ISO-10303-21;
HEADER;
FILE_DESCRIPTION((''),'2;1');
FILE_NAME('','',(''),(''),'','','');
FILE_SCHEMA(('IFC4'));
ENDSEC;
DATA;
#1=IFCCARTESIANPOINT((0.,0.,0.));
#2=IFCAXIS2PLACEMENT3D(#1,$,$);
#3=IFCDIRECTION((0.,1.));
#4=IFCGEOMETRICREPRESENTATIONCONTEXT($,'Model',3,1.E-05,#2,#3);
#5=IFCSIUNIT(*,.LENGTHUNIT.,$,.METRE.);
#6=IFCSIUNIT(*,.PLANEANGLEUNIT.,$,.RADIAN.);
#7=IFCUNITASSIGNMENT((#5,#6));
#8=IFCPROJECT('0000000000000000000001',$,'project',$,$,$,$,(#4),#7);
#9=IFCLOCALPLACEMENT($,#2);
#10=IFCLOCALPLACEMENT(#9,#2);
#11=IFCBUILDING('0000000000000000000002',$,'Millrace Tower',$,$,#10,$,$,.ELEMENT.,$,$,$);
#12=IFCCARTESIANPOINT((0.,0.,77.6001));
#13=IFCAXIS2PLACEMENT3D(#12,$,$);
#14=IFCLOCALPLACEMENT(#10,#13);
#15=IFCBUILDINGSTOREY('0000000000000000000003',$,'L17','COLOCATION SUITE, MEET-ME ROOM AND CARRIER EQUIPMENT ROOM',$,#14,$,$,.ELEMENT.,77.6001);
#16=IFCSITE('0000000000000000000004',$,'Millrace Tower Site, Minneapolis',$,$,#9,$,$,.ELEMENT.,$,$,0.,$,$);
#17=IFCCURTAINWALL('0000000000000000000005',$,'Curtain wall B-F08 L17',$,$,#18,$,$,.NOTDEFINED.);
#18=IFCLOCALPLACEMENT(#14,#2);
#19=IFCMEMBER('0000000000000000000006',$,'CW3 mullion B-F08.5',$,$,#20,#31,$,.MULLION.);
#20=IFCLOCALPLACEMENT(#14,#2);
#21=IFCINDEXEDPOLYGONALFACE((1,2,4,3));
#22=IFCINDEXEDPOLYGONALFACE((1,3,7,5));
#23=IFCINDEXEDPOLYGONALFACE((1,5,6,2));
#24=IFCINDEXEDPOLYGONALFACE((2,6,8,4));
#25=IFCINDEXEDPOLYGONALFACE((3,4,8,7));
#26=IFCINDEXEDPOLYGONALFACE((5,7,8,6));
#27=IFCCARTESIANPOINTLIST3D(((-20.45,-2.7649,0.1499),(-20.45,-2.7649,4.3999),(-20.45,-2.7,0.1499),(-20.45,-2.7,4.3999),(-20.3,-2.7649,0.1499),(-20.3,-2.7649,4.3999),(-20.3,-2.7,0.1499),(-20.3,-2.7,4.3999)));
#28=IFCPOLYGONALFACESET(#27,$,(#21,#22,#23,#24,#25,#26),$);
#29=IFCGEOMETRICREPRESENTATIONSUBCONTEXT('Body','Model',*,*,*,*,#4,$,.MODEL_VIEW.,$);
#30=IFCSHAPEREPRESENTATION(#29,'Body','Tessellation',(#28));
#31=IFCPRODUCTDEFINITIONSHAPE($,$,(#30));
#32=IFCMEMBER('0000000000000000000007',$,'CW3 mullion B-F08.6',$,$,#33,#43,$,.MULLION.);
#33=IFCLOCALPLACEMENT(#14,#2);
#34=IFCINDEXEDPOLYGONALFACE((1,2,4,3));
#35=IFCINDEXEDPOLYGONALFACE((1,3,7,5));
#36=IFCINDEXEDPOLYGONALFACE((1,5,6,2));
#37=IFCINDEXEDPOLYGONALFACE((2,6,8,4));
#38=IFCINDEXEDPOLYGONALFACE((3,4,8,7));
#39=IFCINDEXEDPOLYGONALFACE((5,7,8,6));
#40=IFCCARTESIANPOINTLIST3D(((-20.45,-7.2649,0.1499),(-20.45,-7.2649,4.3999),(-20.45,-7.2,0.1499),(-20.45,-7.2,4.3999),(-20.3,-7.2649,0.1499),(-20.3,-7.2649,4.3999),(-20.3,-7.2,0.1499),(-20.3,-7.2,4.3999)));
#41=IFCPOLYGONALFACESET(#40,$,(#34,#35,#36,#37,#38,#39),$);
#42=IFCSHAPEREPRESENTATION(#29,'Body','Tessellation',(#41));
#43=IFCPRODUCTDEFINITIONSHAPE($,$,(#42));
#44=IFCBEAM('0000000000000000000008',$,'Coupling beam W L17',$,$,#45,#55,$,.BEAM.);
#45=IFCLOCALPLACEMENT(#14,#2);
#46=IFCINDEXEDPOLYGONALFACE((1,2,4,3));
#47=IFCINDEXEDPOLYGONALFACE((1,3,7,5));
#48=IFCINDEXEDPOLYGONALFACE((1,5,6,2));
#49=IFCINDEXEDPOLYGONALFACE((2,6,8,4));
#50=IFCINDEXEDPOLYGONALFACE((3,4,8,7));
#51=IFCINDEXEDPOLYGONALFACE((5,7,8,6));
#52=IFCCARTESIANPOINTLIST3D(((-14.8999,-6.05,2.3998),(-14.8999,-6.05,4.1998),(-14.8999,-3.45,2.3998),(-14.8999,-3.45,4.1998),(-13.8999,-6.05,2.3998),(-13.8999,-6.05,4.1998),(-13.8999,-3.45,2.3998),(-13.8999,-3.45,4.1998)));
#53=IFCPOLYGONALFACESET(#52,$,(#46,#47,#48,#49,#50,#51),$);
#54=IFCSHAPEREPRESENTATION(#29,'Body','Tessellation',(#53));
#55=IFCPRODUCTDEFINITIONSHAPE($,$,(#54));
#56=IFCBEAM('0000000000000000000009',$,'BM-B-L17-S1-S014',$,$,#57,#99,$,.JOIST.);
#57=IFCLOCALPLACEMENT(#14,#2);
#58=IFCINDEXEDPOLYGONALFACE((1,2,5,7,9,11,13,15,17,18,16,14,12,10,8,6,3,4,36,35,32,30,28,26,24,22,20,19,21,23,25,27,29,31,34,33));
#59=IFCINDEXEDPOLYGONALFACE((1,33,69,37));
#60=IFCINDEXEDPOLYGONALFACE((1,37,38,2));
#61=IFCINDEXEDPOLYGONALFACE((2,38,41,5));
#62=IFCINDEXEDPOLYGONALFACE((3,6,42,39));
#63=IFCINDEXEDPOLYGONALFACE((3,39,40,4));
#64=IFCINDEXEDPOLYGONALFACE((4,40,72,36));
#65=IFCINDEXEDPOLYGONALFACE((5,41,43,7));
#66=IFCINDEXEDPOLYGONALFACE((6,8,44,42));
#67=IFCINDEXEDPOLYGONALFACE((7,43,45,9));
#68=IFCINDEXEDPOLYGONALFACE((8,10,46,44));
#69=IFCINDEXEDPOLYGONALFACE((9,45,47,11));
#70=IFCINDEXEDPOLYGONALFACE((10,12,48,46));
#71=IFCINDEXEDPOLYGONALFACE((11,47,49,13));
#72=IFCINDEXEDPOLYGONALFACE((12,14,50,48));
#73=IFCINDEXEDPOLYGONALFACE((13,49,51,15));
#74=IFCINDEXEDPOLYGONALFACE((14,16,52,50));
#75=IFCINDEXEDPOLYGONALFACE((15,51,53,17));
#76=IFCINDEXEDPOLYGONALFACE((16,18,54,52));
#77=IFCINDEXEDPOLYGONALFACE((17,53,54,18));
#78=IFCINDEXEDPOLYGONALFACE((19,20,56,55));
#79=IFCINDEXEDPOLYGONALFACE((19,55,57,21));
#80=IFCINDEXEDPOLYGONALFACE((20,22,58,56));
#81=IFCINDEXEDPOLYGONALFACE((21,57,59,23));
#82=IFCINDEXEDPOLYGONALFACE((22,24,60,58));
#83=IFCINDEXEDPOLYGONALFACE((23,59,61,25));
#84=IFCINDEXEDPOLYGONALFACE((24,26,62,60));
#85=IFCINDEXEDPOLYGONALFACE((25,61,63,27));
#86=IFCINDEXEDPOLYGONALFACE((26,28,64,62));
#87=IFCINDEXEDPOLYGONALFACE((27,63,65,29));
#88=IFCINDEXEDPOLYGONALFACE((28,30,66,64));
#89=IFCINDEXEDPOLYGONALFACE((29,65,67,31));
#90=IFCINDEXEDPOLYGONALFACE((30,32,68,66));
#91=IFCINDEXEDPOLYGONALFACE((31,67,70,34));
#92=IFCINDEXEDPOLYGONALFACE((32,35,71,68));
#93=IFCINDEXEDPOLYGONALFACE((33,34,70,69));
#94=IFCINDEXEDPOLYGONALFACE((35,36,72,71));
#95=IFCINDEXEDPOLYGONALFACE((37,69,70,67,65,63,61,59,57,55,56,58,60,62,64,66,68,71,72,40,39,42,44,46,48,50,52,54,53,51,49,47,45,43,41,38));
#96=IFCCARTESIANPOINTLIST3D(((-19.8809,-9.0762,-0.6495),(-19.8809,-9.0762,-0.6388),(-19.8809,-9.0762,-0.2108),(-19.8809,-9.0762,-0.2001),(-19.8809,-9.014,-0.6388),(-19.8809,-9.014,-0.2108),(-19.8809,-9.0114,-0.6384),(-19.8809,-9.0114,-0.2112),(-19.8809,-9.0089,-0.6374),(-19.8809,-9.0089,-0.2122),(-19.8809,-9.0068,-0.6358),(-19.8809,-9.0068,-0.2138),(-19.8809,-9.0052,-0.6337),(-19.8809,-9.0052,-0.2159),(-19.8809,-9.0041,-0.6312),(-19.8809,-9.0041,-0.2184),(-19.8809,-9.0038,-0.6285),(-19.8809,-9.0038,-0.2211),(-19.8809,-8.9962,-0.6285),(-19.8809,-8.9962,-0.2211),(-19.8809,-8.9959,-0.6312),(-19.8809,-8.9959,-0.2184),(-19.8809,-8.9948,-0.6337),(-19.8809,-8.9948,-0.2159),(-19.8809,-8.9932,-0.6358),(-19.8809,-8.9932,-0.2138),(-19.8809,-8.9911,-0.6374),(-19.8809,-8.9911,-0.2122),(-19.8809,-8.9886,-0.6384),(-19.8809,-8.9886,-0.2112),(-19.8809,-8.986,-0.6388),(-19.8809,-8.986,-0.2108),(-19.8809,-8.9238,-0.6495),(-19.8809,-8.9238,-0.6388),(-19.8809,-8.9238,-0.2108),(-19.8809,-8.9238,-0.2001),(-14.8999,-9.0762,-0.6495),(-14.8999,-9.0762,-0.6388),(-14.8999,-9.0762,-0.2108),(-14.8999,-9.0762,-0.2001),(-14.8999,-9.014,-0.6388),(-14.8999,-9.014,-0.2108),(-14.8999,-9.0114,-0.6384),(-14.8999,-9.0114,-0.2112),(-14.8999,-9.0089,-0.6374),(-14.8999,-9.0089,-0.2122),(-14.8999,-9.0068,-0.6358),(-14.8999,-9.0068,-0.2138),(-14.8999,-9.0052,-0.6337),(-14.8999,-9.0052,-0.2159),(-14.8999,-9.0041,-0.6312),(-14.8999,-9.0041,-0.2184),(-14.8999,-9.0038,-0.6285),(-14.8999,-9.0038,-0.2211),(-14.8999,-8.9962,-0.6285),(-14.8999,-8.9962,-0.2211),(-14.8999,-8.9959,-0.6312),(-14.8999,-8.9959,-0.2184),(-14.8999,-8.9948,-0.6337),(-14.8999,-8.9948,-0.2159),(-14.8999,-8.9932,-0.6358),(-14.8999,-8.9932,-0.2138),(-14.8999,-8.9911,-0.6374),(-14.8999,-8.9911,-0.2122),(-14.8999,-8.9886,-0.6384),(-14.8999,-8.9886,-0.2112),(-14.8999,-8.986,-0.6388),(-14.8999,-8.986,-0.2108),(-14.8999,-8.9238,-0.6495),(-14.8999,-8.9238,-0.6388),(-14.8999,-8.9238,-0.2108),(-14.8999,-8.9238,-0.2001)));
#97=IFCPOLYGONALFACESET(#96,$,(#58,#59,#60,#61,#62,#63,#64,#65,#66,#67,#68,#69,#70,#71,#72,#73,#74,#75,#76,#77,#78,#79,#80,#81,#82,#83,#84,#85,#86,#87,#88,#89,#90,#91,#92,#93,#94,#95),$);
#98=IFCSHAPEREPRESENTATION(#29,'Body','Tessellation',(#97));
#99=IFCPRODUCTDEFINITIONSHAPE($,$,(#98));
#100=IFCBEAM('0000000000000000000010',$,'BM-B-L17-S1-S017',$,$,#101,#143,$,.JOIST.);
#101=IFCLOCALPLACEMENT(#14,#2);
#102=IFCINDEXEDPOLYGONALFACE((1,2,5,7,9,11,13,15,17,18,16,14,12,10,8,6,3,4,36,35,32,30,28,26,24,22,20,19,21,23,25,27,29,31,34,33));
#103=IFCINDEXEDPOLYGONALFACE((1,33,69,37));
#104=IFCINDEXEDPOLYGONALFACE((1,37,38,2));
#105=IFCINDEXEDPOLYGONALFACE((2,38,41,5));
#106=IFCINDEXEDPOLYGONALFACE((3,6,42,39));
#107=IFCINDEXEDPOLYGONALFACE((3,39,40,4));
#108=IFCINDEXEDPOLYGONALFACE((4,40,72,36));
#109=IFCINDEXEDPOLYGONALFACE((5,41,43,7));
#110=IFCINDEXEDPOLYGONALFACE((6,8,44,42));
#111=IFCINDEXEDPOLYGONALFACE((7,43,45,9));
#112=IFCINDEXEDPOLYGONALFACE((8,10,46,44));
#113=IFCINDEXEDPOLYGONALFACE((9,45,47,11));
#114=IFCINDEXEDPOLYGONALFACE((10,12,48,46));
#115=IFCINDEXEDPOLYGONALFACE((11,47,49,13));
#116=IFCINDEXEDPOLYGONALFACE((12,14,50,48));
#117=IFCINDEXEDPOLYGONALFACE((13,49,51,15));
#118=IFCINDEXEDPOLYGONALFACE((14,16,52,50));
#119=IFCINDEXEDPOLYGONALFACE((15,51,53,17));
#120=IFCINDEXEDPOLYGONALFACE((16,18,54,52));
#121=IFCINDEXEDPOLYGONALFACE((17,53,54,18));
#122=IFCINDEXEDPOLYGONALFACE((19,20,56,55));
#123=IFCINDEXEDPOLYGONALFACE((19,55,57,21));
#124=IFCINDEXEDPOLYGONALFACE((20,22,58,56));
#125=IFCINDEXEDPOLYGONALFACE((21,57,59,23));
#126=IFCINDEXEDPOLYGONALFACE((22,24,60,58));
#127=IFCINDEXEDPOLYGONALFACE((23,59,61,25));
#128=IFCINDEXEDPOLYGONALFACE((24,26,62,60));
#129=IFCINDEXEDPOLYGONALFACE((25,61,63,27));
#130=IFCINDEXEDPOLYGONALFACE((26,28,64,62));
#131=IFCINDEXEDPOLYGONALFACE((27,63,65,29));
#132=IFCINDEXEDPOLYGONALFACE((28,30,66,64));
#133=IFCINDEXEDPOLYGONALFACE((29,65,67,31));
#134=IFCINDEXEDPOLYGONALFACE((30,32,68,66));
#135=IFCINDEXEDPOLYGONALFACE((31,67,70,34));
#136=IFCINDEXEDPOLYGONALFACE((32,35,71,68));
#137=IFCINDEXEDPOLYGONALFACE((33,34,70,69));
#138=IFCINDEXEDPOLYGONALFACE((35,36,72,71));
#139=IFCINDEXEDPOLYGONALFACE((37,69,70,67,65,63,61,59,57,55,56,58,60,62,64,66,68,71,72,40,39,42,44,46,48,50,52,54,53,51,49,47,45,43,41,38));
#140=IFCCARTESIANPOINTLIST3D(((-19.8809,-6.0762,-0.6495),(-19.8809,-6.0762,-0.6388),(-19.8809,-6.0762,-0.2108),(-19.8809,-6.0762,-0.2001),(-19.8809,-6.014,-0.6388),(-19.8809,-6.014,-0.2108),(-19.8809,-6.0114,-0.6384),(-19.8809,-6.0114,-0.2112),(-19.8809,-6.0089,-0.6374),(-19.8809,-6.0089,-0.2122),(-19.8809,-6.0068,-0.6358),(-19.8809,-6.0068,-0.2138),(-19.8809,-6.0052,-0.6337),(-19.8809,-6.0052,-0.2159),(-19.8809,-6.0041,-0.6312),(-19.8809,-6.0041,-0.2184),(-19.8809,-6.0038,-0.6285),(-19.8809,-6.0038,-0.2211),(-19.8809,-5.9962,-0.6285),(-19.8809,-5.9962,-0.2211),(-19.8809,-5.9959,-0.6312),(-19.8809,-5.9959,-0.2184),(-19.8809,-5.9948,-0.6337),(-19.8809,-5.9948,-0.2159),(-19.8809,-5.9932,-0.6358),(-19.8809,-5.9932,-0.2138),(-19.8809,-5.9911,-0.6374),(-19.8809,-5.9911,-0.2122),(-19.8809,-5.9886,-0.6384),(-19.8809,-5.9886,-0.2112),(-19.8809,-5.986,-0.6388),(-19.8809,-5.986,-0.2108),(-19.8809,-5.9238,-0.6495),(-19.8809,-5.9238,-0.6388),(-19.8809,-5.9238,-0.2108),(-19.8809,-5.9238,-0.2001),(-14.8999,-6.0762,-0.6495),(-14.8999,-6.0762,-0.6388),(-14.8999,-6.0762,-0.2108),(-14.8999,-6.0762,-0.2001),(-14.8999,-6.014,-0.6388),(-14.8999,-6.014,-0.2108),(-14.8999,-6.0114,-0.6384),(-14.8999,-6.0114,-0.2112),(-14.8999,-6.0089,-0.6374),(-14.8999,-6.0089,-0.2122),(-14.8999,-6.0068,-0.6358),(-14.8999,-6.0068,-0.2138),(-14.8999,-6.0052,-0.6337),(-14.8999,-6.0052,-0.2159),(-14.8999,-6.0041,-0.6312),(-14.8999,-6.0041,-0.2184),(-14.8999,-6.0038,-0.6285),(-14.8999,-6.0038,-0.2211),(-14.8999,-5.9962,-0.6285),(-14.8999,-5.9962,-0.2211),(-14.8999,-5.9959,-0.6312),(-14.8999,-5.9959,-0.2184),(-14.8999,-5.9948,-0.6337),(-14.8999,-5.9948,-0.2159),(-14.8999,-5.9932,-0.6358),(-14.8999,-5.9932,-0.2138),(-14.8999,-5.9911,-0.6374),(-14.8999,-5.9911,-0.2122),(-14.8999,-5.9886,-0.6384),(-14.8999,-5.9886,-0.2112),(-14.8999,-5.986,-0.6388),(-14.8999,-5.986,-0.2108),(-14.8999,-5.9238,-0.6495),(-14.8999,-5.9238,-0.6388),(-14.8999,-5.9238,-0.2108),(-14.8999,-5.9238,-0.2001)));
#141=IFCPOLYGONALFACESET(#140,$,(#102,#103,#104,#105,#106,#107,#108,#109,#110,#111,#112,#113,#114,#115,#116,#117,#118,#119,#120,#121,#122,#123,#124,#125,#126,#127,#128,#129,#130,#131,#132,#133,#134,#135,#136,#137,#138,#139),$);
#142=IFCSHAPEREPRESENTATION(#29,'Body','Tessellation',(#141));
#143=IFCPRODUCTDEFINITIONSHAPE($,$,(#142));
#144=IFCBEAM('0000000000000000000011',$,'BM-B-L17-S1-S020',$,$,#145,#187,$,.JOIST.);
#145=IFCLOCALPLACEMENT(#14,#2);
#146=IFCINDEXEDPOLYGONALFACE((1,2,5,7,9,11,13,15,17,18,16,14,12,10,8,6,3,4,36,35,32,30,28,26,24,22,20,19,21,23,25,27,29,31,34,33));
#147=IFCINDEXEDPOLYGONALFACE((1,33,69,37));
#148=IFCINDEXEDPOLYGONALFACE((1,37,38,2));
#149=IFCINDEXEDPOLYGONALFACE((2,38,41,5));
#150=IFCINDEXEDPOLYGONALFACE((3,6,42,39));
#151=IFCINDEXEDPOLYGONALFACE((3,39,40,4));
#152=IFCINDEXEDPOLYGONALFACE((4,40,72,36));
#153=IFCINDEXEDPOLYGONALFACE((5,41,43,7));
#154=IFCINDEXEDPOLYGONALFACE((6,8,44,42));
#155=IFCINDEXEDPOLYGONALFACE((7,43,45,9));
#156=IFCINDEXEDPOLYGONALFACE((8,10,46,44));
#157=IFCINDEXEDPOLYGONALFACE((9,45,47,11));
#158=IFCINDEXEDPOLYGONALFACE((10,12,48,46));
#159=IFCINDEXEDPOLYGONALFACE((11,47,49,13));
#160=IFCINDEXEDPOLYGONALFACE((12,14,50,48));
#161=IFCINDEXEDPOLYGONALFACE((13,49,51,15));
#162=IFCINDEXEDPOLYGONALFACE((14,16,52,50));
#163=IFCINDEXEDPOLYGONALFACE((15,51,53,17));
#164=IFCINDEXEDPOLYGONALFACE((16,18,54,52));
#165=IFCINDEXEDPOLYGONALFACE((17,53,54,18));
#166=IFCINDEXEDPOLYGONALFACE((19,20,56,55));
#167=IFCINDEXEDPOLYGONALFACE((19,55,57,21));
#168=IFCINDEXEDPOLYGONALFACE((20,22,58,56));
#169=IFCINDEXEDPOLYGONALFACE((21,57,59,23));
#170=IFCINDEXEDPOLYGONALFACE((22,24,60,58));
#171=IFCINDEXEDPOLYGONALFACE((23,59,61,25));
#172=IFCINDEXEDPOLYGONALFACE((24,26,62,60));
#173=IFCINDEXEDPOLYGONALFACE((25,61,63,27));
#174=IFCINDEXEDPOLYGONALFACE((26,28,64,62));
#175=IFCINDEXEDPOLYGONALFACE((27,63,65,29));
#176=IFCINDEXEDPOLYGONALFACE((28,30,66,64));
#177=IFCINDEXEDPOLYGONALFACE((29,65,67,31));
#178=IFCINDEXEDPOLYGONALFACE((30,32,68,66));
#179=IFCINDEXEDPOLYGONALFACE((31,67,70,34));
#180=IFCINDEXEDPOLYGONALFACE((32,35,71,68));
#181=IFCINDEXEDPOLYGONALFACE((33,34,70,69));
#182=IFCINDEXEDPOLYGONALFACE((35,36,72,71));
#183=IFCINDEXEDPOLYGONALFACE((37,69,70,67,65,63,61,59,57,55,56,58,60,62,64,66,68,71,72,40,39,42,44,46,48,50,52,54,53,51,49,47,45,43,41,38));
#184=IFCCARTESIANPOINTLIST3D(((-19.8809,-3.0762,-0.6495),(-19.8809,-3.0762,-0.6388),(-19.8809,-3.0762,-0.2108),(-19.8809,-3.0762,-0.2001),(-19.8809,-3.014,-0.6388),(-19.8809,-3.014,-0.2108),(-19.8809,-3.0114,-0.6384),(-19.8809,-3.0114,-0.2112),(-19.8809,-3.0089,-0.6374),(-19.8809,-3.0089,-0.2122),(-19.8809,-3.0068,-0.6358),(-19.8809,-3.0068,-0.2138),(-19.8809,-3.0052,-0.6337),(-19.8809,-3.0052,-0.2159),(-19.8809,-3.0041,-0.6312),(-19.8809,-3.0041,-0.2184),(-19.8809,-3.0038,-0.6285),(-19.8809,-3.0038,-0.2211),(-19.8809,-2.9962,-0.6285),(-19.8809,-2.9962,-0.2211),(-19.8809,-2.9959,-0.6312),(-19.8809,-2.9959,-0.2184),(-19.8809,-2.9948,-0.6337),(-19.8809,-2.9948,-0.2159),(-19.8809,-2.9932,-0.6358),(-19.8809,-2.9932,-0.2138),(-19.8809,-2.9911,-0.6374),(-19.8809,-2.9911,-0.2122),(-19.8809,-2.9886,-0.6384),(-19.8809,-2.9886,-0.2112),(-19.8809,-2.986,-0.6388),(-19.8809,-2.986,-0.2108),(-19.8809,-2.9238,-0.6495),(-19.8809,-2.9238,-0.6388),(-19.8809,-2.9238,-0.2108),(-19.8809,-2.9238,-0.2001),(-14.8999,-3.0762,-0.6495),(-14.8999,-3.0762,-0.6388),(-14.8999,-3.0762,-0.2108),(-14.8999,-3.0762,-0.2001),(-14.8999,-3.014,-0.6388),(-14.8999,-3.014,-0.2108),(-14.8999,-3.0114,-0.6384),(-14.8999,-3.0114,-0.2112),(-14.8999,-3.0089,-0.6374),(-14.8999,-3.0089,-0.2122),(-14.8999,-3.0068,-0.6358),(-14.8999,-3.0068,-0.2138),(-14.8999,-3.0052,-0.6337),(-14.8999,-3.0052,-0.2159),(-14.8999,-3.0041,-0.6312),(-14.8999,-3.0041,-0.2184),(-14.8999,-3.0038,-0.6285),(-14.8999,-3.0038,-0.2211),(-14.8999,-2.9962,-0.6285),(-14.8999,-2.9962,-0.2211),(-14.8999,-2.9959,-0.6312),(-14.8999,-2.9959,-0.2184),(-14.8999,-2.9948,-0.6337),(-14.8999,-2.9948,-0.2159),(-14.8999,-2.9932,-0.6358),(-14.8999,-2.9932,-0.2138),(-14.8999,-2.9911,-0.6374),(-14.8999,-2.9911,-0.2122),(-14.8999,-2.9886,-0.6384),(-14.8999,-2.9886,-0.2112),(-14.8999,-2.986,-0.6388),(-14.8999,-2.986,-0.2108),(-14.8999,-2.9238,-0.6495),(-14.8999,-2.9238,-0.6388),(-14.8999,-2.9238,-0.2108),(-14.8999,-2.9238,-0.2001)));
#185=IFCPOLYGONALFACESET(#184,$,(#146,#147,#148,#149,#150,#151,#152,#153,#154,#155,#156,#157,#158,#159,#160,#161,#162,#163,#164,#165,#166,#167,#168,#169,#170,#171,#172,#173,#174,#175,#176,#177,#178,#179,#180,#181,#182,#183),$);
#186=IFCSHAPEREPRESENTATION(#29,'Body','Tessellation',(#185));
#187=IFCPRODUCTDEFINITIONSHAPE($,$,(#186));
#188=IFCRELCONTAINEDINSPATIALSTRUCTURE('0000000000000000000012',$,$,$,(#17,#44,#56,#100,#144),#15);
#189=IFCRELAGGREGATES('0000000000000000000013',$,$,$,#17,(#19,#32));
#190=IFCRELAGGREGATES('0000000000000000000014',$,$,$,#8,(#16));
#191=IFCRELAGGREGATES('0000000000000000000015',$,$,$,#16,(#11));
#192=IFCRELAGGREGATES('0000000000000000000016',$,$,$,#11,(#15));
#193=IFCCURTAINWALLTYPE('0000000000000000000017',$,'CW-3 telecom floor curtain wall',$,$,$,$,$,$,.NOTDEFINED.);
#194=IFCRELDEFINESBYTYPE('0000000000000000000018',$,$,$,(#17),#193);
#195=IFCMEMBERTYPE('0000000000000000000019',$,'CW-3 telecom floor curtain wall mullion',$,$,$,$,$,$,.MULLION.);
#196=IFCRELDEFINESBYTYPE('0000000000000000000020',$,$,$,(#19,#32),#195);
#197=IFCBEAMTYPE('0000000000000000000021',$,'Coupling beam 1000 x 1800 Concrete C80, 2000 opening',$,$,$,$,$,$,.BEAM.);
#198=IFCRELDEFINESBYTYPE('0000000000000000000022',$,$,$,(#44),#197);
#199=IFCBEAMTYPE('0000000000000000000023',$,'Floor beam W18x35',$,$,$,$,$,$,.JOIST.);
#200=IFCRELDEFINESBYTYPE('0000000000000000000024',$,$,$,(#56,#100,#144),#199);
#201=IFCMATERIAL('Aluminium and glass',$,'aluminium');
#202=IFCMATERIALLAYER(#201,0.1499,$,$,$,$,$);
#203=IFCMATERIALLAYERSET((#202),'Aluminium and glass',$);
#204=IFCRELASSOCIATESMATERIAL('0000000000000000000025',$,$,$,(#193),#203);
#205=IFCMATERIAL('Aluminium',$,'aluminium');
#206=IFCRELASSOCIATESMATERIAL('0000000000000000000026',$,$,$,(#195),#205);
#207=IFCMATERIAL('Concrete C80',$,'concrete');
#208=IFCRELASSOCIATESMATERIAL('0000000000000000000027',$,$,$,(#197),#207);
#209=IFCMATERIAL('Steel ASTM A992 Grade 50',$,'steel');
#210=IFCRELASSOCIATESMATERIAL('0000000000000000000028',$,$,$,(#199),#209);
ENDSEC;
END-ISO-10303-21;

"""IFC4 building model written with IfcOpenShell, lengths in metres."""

from ifc_helpers import new_model, si_unit, direction, frame, origin, origin_2d, place, context, subcontext, project, spatial, rectangle, i_section, extrude, material, layer, layer_set, material_profile, profile_set, type_object, element, aggregate, save


model = new_model("IFC4")

# Units and contexts
model_context = context("Model", 3, precision=1e-05, world=origin(), true_north=direction((0.0, 1.0)))
body_context = subcontext(model_context, "Body", "Model", "MODEL_VIEW")
ifc_project = project(units=[si_unit("LENGTHUNIT", "METRE"), si_unit("PLANEANGLEUNIT", "RADIAN")], contexts=[model_context])

# Site, building, storey
site_placement = place(None, origin())
site = spatial("IfcSite", under=ifc_project, at=site_placement, Name="Millrace Tower Site, Minneapolis", CompositionType="ELEMENT", RefElevation=0.0)
building_placement = place(site_placement, origin())
building = spatial("IfcBuilding", under=site, at=building_placement, Name="Millrace Tower", CompositionType="ELEMENT")
storey_placement = place(building_placement, frame((0.0, 0.0, 77.6001)))
storey = spatial("IfcBuildingStorey", under=building, at=storey_placement, Name="L17", Description="COLOCATION SUITE, MEET-ME ROOM AND CARRIER EQUIPMENT ROOM", CompositionType="ELEMENT", Elevation=77.6001)

# Curtain wall, members
ifc_material_1 = material(Name="Aluminium and glass", Category="aluminium")
ifc_layer_1 = layer(ifc_material_1, 0.1499)
ifc_layer_set_1 = layer_set([ifc_layer_1], Name="Aluminium and glass")
curtain_wall_type = type_object("IfcCurtainWallType", Name="CW-3 telecom floor curtain wall", PredefinedType="NOTDEFINED", material=ifc_layer_set_1)
curtain_wall_placement = place(storey_placement, origin())
curtain_wall = element("IfcCurtainWall", 1, at=curtain_wall_placement, inside=storey, type_object=curtain_wall_type, Name="Curtain wall B-F08 L17", PredefinedType="NOTDEFINED")
ifc_material_2 = material(Name="Aluminium", Category="aluminium")
ifc_material_profile_1 = material_profile(ifc_material_2, rectangle(XDim=0.0649, YDim=0.1499, at=origin_2d()))
ifc_profile_set_1 = profile_set([ifc_material_profile_1], Name="Aluminium")
member_type = type_object("IfcMemberType", Name="CW-3 telecom floor curtain wall mullion", PredefinedType="MULLION", material=ifc_profile_set_1)
member_1_placement = place(storey_placement, frame((-20.375, -2.7324, 0.1499), z_axis=(0.0, 0.0, 1.0), x_axis=(0.0, -1.0, 0.0)))
member_1 = element("IfcMember", 2, at=member_1_placement, type_object=member_type, Name="CW3 mullion B-F08.5", PredefinedType="MULLION", context=body_context, shape_type="SweptSolid", body=[
    extrude(rectangle(XDim=0.0649, YDim=0.1499, at=origin_2d()), origin(), (0.0, 0.0, 1.0), 4.25),
])
member_2_placement = place(storey_placement, frame((-20.375, -7.2324, 0.1499), z_axis=(0.0, 0.0, 1.0), x_axis=(0.0, -1.0, 0.0)))
member_2 = element("IfcMember", 3, at=member_2_placement, type_object=member_type, Name="CW3 mullion B-F08.6", PredefinedType="MULLION", context=body_context, shape_type="SweptSolid", body=[
    extrude(rectangle(XDim=0.0649, YDim=0.1499, at=origin_2d()), origin(), (0.0, 0.0, 1.0), 4.25),
])
aggregate(curtain_wall, [member_1, member_2])

# Beams
ifc_material_3 = material(Name="Concrete C80", Category="concrete")
ifc_material_profile_2 = material_profile(ifc_material_3, rectangle(XDim=1.0, YDim=1.8, at=origin_2d()))
ifc_profile_set_2 = profile_set([ifc_material_profile_2], Name="Concrete C80")
beam_type_1 = type_object("IfcBeamType", Name="Coupling beam 1000 x 1800 Concrete C80, 2000 opening", PredefinedType="BEAM", material=ifc_profile_set_2)
beam_placement = place(storey_placement, frame((-14.3999, -6.05, 3.2998), z_axis=(0.0, 1.0, 0.0), x_axis=(-1.0, 0.0, 0.0)))
element("IfcBeam", 4, at=beam_placement, inside=storey, type_object=beam_type_1, Name="Coupling beam W L17", PredefinedType="BEAM", context=body_context, shape_type="SweptSolid", body=[
    extrude(rectangle(XDim=1.0, YDim=1.8, at=origin_2d()), origin(), (0.0, 0.0, 1.0), 2.6001),
])
ifc_material_4 = material(Name="Steel ASTM A992 Grade 50", Category="steel")
ifc_material_profile_3 = material_profile(ifc_material_4, i_section(OverallWidth=0.1523, OverallDepth=0.4495, WebThickness=0.0076, FlangeThickness=0.0107, FilletRadius=0.0103, at=origin_2d()))
ifc_profile_set_3 = profile_set([ifc_material_profile_3], Name="Steel ASTM A992 Grade 50")
beam_type_2 = type_object("IfcBeamType", Name="Floor beam W18x35", PredefinedType="JOIST", material=ifc_profile_set_3)
for number, where, z_axis, x_axis, name in (
    (5, (-19.8809, -9.0, -0.4248), (1.0, 0.0, 0.0), (0.0, 1.0, 0.0), "BM-B-L17-S1-S014"),
    (6, (-19.8809, -6.0, -0.4248), (1.0, 0.0, 0.0), (0.0, 1.0, 0.0), "BM-B-L17-S1-S017"),
    (7, (-19.8809, -3.0, -0.4248), (1.0, 0.0, 0.0), (0.0, 1.0, 0.0), "BM-B-L17-S1-S020"),
):
    element("IfcBeam", number, at=place(storey_placement, frame(where, z_axis=z_axis, x_axis=x_axis)), inside=storey, type_object=beam_type_2, Name=name, PredefinedType="JOIST", context=body_context, shape_type="SweptSolid", body=[
        extrude(i_section(OverallWidth=0.1523, OverallDepth=0.4495, WebThickness=0.0076, FlangeThickness=0.0107, FilletRadius=0.0103, at=origin_2d()), origin(), (0.0, 0.0, 1.0), 4.981),
    ])

save(model, "model.ifc")
